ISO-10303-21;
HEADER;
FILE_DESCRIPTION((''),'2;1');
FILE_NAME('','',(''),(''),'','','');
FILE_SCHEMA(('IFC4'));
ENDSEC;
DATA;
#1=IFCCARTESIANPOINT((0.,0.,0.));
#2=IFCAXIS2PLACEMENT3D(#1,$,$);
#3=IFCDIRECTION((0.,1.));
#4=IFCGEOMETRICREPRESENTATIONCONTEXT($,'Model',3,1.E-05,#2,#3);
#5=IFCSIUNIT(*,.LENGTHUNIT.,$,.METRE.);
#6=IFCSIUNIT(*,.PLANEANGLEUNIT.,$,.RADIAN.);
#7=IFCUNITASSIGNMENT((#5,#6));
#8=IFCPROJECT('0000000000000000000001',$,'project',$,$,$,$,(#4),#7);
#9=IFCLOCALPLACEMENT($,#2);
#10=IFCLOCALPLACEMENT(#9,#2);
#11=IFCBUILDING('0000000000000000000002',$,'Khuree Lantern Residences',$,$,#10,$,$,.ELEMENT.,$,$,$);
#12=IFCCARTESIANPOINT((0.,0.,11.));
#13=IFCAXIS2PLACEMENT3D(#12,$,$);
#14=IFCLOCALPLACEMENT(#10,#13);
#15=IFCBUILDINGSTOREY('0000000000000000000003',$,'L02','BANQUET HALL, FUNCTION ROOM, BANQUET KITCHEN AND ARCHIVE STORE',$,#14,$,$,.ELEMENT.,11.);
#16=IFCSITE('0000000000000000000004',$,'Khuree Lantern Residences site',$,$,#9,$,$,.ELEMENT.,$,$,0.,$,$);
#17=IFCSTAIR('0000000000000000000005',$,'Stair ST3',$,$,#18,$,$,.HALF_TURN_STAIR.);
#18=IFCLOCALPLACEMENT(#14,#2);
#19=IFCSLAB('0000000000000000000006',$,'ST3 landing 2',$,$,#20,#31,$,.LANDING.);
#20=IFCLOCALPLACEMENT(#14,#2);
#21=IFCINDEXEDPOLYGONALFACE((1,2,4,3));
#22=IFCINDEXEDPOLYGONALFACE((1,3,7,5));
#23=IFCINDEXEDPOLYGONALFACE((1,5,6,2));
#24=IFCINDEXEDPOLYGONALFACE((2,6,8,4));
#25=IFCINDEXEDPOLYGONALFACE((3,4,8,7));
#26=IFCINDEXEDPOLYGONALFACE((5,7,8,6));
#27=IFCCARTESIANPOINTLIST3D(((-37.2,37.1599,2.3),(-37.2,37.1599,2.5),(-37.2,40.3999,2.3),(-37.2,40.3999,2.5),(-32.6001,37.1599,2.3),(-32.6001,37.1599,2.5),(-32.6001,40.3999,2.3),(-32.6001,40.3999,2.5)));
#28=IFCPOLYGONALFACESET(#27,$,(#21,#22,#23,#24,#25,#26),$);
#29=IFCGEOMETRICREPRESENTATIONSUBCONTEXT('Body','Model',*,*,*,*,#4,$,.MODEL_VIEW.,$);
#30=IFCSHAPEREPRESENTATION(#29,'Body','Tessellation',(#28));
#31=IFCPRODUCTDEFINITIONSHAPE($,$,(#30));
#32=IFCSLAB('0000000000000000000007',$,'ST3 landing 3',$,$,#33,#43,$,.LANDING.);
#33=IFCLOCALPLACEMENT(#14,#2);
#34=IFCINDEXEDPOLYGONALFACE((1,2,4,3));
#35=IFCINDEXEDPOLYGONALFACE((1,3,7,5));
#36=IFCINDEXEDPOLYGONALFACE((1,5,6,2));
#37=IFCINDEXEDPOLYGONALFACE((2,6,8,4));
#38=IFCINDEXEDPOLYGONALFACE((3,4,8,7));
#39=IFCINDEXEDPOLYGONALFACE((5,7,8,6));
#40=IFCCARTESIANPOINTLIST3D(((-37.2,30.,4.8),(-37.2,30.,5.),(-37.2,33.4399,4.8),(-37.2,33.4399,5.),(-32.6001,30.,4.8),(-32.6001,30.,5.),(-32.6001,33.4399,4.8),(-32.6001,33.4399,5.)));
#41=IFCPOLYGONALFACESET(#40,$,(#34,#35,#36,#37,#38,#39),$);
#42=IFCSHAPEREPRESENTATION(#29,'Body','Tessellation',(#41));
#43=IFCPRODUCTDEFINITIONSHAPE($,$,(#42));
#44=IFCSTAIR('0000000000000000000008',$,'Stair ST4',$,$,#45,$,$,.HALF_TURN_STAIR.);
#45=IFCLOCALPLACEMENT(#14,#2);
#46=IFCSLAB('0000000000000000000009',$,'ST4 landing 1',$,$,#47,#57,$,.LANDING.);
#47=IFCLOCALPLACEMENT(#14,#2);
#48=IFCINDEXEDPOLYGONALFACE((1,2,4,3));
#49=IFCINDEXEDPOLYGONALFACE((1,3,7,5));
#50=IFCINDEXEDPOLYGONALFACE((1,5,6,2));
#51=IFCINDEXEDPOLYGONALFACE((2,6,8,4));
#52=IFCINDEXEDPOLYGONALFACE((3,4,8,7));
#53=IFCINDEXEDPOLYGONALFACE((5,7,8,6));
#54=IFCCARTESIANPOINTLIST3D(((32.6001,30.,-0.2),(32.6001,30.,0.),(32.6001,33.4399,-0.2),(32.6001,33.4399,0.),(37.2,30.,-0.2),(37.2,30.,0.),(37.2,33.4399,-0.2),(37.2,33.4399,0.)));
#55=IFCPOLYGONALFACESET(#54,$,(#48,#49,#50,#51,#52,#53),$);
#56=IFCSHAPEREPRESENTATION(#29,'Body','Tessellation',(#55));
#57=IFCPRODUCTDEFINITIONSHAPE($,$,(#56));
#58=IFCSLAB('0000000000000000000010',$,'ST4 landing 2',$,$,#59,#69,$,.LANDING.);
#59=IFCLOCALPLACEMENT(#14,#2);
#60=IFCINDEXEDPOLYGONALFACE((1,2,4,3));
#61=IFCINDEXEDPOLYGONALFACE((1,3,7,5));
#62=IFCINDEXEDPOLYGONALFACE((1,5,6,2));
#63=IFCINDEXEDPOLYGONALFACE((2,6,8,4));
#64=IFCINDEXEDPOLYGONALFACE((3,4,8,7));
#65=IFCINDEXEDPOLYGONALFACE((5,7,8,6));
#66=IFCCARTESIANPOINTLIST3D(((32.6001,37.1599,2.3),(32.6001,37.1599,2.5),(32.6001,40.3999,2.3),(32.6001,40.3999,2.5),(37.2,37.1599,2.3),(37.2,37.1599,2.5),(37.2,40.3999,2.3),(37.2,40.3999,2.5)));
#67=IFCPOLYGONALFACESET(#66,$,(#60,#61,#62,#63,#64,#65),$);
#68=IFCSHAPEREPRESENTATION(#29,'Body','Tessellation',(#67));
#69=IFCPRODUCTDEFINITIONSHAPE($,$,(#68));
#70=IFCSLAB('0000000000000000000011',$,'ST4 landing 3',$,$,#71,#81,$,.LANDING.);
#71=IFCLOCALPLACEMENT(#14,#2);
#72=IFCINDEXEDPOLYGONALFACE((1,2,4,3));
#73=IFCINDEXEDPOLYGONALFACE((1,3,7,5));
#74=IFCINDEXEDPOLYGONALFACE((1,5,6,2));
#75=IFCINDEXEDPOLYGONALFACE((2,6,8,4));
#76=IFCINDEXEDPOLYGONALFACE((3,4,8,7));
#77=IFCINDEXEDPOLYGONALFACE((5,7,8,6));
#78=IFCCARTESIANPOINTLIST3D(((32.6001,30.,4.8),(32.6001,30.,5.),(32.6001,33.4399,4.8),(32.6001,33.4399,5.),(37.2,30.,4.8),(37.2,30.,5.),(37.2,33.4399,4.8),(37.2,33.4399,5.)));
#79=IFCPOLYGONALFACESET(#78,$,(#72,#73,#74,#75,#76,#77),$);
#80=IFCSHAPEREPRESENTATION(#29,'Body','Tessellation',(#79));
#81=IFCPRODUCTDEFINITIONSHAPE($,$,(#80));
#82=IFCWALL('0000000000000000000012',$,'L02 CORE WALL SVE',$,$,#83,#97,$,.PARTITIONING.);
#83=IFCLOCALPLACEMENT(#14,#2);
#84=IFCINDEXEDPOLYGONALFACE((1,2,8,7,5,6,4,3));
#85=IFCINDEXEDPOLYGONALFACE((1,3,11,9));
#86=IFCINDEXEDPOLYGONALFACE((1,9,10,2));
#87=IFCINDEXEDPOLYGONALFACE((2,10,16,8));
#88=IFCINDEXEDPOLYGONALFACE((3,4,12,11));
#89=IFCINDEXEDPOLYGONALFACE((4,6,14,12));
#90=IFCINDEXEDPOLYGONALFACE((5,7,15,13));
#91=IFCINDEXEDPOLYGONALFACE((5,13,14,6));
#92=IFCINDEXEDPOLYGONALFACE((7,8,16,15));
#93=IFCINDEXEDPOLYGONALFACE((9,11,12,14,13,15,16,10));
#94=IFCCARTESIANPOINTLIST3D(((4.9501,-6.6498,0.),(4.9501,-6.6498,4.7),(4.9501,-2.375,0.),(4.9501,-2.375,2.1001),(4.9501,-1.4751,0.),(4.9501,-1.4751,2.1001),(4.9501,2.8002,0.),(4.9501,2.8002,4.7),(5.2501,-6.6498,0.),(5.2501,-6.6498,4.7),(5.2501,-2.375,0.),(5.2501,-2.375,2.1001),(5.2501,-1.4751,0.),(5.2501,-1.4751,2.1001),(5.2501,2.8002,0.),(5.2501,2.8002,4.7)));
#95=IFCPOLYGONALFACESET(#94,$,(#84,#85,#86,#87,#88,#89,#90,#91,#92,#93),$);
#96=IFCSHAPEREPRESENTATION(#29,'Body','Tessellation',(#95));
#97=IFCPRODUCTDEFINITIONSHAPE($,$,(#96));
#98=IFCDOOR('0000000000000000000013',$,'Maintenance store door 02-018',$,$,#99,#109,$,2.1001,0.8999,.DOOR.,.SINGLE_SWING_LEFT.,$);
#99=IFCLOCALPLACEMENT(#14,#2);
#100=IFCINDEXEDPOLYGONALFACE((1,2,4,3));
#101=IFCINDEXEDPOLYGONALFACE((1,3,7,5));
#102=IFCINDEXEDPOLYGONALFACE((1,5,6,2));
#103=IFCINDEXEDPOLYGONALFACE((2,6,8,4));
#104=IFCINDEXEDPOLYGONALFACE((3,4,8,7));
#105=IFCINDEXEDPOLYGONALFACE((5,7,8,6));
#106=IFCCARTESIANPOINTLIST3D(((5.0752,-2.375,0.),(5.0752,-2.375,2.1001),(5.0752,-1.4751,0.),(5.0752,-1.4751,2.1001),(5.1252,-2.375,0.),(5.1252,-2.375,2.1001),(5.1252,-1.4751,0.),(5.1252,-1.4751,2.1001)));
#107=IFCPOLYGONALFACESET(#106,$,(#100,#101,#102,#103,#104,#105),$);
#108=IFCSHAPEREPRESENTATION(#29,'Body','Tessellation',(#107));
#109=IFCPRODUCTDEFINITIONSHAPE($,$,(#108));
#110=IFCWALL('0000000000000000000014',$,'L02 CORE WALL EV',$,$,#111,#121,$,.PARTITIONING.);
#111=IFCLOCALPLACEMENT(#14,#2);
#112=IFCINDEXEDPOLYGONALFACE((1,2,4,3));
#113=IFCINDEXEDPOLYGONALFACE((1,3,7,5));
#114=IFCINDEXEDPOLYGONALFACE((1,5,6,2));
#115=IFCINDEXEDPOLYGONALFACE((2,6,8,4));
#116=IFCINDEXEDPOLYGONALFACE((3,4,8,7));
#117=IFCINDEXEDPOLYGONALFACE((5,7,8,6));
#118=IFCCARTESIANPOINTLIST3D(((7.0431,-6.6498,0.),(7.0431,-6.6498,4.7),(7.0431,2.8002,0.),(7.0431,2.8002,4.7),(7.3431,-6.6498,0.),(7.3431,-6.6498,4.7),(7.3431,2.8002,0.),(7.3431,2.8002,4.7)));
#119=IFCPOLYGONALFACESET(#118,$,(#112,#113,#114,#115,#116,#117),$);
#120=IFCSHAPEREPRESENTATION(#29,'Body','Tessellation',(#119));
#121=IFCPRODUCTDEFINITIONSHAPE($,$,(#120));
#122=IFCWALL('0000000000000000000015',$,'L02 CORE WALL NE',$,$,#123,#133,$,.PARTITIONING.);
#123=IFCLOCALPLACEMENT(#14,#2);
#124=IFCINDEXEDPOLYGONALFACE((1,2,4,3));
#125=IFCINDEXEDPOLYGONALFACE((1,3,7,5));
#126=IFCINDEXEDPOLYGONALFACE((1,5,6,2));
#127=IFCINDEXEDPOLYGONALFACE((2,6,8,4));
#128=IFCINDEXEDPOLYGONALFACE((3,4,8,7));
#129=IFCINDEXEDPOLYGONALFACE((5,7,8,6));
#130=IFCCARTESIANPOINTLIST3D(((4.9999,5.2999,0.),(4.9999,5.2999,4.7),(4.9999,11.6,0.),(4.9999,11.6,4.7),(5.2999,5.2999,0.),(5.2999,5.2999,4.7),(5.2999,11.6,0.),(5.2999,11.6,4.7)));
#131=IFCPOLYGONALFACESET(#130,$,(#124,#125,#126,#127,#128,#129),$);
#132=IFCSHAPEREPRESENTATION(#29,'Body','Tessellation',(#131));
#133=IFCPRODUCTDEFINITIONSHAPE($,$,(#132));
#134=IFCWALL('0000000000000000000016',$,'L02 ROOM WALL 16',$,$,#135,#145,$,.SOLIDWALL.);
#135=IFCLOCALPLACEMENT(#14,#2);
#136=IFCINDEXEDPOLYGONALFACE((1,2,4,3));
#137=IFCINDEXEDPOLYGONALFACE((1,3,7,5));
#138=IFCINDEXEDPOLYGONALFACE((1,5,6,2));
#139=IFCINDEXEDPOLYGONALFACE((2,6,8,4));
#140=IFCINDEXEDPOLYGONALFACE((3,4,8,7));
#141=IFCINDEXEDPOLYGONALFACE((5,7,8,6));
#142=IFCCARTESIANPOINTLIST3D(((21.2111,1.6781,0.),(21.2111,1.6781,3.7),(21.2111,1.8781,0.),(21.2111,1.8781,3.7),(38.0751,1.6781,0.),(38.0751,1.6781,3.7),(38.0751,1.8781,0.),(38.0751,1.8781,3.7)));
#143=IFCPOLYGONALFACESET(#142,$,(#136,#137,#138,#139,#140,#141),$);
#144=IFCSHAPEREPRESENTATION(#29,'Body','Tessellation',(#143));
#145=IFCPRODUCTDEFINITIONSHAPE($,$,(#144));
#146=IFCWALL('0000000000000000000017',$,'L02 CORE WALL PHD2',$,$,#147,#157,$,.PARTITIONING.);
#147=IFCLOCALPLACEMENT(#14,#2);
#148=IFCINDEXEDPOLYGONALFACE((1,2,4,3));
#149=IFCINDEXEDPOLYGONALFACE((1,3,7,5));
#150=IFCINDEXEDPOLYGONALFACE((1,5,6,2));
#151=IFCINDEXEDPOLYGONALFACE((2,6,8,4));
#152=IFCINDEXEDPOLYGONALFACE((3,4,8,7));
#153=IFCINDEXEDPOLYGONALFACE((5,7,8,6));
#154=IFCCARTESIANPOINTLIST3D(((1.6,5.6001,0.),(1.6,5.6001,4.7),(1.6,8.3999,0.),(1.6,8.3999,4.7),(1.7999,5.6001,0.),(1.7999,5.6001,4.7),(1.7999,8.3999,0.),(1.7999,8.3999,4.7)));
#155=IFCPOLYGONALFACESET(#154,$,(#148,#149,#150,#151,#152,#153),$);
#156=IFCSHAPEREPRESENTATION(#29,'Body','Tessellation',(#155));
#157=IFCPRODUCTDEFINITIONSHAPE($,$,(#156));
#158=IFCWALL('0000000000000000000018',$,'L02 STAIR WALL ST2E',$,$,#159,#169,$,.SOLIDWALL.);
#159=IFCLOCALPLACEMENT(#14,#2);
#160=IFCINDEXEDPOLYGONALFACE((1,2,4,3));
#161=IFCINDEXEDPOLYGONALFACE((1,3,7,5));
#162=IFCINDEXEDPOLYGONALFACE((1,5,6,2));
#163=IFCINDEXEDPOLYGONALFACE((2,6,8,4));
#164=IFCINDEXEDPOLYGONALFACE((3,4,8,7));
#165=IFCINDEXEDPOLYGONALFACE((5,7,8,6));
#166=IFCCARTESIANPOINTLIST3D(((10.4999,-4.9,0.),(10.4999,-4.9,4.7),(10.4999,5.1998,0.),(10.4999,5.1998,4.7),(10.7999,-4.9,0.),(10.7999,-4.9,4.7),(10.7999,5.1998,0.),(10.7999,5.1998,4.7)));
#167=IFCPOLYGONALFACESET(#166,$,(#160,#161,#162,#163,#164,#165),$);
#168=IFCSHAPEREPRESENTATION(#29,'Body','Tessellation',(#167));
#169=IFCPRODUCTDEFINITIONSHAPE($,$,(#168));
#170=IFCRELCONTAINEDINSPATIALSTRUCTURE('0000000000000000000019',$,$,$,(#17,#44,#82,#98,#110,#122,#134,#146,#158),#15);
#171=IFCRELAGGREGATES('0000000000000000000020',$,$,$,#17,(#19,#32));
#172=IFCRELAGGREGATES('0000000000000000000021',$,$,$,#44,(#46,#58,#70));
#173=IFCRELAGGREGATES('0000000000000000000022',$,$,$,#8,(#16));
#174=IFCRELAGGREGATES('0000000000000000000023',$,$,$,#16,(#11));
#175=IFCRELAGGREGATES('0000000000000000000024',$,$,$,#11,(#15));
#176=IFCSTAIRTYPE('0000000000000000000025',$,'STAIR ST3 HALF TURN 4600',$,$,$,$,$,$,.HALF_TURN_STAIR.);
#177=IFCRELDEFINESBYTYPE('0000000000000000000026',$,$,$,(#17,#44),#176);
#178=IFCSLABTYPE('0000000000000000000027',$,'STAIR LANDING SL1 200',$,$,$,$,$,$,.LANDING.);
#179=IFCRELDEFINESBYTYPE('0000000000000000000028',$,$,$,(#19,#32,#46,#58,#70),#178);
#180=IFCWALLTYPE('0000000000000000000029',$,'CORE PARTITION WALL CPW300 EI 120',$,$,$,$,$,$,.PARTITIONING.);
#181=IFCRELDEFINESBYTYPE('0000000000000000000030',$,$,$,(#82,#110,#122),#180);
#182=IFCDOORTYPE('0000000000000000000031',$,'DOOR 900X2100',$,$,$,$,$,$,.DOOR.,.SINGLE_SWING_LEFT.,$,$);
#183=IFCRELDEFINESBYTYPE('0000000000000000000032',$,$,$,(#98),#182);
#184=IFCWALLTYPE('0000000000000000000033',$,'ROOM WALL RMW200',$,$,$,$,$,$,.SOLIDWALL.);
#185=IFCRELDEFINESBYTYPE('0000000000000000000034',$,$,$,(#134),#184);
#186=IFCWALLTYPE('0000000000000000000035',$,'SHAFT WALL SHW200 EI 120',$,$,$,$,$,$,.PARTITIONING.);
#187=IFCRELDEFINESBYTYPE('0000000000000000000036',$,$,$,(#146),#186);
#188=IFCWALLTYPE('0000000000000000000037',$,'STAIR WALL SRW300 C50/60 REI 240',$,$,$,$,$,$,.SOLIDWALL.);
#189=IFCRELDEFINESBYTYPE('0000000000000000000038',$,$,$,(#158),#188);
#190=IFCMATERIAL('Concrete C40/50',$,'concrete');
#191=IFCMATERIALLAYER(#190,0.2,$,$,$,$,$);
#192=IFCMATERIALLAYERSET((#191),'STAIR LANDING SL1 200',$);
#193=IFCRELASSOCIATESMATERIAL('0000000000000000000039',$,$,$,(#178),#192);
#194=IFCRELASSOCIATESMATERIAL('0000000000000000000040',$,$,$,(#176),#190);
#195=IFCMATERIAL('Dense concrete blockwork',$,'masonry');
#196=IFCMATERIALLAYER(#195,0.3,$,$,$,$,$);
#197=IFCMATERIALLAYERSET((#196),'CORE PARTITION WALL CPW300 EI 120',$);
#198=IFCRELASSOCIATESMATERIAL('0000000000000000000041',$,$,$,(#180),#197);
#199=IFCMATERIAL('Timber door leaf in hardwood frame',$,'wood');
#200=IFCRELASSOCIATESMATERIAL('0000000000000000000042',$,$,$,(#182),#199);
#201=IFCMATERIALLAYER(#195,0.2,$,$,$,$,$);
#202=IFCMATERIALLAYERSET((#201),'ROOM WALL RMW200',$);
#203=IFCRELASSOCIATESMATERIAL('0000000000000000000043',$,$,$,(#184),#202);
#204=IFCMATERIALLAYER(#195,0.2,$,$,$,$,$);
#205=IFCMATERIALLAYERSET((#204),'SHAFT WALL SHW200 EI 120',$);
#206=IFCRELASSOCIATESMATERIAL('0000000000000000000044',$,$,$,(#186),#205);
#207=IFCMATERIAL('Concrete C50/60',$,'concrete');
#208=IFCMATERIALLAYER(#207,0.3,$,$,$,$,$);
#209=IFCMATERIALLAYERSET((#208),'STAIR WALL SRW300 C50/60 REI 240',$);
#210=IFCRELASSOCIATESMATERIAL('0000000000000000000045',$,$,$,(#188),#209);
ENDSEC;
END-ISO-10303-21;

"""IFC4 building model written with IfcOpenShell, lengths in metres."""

from ifc_helpers import new_model, si_unit, direction, frame, frame_2d, origin, place, context, subcontext, project, spatial, polyline, rectangle, outline, extrude, material, layer, layer_set, type_object, element, fill, aggregate, save


model = new_model("IFC4")

# Units and contexts
model_context = context("Model", 3, precision=1e-05, world=origin(), true_north=direction((0.0, 1.0)))
body_context = subcontext(model_context, "Body", "Model", "MODEL_VIEW")
ifc_project = project(units=[si_unit("LENGTHUNIT", "METRE"), si_unit("PLANEANGLEUNIT", "RADIAN")], contexts=[model_context])

# Site, building, storey
site_placement = place(None, origin())
site = spatial("IfcSite", under=ifc_project, at=site_placement, Name="Khuree Lantern Residences site", CompositionType="ELEMENT", RefElevation=0.0)
building_placement = place(site_placement, origin())
building = spatial("IfcBuilding", under=site, at=building_placement, Name="Khuree Lantern Residences", CompositionType="ELEMENT")
storey_placement = place(building_placement, frame((0.0, 0.0, 11.0)))
storey = spatial("IfcBuildingStorey", under=building, at=storey_placement, Name="L02", Description="BANQUET HALL, FUNCTION ROOM, BANQUET KITCHEN AND ARCHIVE STORE", CompositionType="ELEMENT", Elevation=11.0)

# Stairs, slabs
ifc_material_1 = material(Name="Concrete C40/50", Category="concrete")
ifc_layer_1 = layer(ifc_material_1, 0.2)
ifc_layer_set_1 = layer_set([ifc_layer_1], Name="STAIR LANDING SL1 200")
slab_type_1 = type_object("IfcSlabType", Name="STAIR LANDING SL1 200", PredefinedType="LANDING", material=ifc_layer_set_1)
stair_type_1 = type_object("IfcStairType", Name="STAIR ST3 HALF TURN 4600", PredefinedType="HALF_TURN_STAIR", material=ifc_material_1)
stair_1_placement = place(storey_placement, origin())
stair_1 = element("IfcStair", 1, at=stair_1_placement, inside=storey, type_object=stair_type_1, Name="Stair ST3", PredefinedType="HALF_TURN_STAIR")
slab_1_placement = place(storey_placement, frame((0.0, 0.0, 2.3)))
slab_1 = element("IfcSlab", 2, at=slab_1_placement, type_object=slab_type_1, Name="ST3 landing 2", PredefinedType="LANDING", context=body_context, shape_type="SweptSolid", body=[
    extrude(outline(polyline([(-37.2, 37.1599), (-37.2, 40.3999), (-32.6001, 40.3999), (-32.6001, 37.1599), (-37.2, 37.1599)])), origin(), (0.0, 0.0, 1.0), 0.2),
])
slab_2_placement = place(storey_placement, frame((0.0, 0.0, 4.8)))
slab_2 = element("IfcSlab", 3, at=slab_2_placement, type_object=slab_type_1, Name="ST3 landing 3", PredefinedType="LANDING", context=body_context, shape_type="SweptSolid", body=[
    extrude(outline(polyline([(-37.2, 30.0), (-32.6001, 30.0), (-32.6001, 33.4399), (-37.2, 33.4399), (-37.2, 30.0)])), origin(), (0.0, 0.0, 1.0), 0.2),
])
aggregate(stair_1, [slab_1, slab_2])
stair_2_placement = place(storey_placement, origin())
stair_2 = element("IfcStair", 4, at=stair_2_placement, inside=storey, type_object=stair_type_1, Name="Stair ST4", PredefinedType="HALF_TURN_STAIR")
slab_3_placement = place(storey_placement, frame((0.0, 0.0, -0.2)))
slab_3 = element("IfcSlab", 5, at=slab_3_placement, type_object=slab_type_1, Name="ST4 landing 1", PredefinedType="LANDING", context=body_context, shape_type="SweptSolid", body=[
    extrude(outline(polyline([(32.6001, 30.0), (37.2, 30.0), (37.2, 33.4399), (32.6001, 33.4399), (32.6001, 30.0)])), origin(), (0.0, 0.0, 1.0), 0.2),
])
slab_4_placement = place(storey_placement, frame((0.0, 0.0, 2.3)))
slab_4 = element("IfcSlab", 6, at=slab_4_placement, type_object=slab_type_1, Name="ST4 landing 2", PredefinedType="LANDING", context=body_context, shape_type="SweptSolid", body=[
    extrude(outline(polyline([(37.2, 40.3999), (37.2, 37.1599), (32.6001, 37.1599), (32.6001, 40.3999), (37.2, 40.3999)])), origin(), (0.0, 0.0, 1.0), 0.2),
])
slab_5_placement = place(storey_placement, frame((0.0, 0.0, 4.8)))
slab_5 = element("IfcSlab", 7, at=slab_5_placement, type_object=slab_type_1, Name="ST4 landing 3", PredefinedType="LANDING", context=body_context, shape_type="SweptSolid", body=[
    extrude(outline(polyline([(32.6001, 30.0), (37.2, 30.0), (37.2, 33.4399), (32.6001, 33.4399), (32.6001, 30.0)])), origin(), (0.0, 0.0, 1.0), 0.2),
])
aggregate(stair_2, [slab_3, slab_4, slab_5])

# Wall, opening, door
ifc_material_2 = material(Name="Dense concrete blockwork", Category="masonry")
ifc_layer_2 = layer(ifc_material_2, 0.3)
ifc_layer_set_2 = layer_set([ifc_layer_2], Name="CORE PARTITION WALL CPW300 EI 120")
wall_type_1 = type_object("IfcWallType", Name="CORE PARTITION WALL CPW300 EI 120", PredefinedType="PARTITIONING", material=ifc_layer_set_2)
wall_1_placement = place(storey_placement, frame((5.1001, -6.6499, 0.0), z_axis=(0.0, 0.0, 1.0), x_axis=(0.0, 1.0, 0.0)))
wall_1 = element("IfcWall", 8, at=wall_1_placement, inside=storey, type_object=wall_type_1, Name="L02 CORE WALL SVE", PredefinedType="PARTITIONING", context=body_context, shape_type="SweptSolid", body=[
    extrude(rectangle(XDim=9.45, YDim=0.3, at=frame_2d((4.7251, 0.0))), origin(), (0.0, 0.0, 1.0), 4.7),
])
opening_1_placement = place(wall_1_placement, frame((4.2749, 0.0, 0.0)))
opening_1 = element("IfcOpeningElement", 9, at=opening_1_placement, cuts=wall_1, PredefinedType="OPENING", context=body_context, shape_type="SweptSolid", body=[
    extrude(rectangle(XDim=0.8999, YDim=2.1001, at=frame_2d((0.45, 1.05))), frame((0.0, 0.1602, 0.0), z_axis=(0.0, -1.0, 0.0), x_axis=(1.0, 0.0, 0.0)), (0.0, 0.0, 1.0), 0.3201),
])
ifc_material_3 = material(Name="Timber door leaf in hardwood frame", Category="wood")
door_type_1 = type_object("IfcDoorType", Name="DOOR 900X2100", OperationType="SINGLE_SWING_LEFT", PredefinedType="DOOR", material=ifc_material_3)
door_1_placement = place(opening_1_placement, origin())
door_1 = element("IfcDoor", 10, at=door_1_placement, inside=storey, type_object=door_type_1, Name="Maintenance store door 02-018", OperationType="SINGLE_SWING_LEFT", OverallHeight=2.1001, OverallWidth=0.8999, PredefinedType="DOOR", context=body_context, shape_type="SweptSolid", body=[
    extrude(rectangle(XDim=0.8999, YDim=2.1001, at=frame_2d((0.45, 1.05))), frame((0.0, 0.0249, 0.0), z_axis=(0.0, -1.0, 0.0), x_axis=(1.0, 0.0, 0.0)), (0.0, 0.0, 1.0), 0.05),
])
fill(opening_1, door_1)

# Walls
wall_2_placement = place(storey_placement, frame((7.1931, -6.6499, 0.0), z_axis=(0.0, 0.0, 1.0), x_axis=(0.0, 1.0, 0.0)))
element("IfcWall", 11, at=wall_2_placement, inside=storey, type_object=wall_type_1, Name="L02 CORE WALL EV", PredefinedType="PARTITIONING", context=body_context, shape_type="SweptSolid", body=[
    extrude(rectangle(XDim=9.45, YDim=0.3, at=frame_2d((4.7251, 0.0))), origin(), (0.0, 0.0, 1.0), 4.7),
])
wall_3_placement = place(storey_placement, frame((5.1499, 5.3, 0.0), z_axis=(0.0, 0.0, 1.0), x_axis=(0.0, 1.0, 0.0)))
element("IfcWall", 12, at=wall_3_placement, inside=storey, type_object=wall_type_1, Name="L02 CORE WALL NE", PredefinedType="PARTITIONING", context=body_context, shape_type="SweptSolid", body=[
    extrude(rectangle(XDim=6.3, YDim=0.3, at=frame_2d((3.1499, 0.0))), origin(), (0.0, 0.0, 1.0), 4.7),
])
ifc_layer_3 = layer(ifc_material_2, 0.2)
ifc_layer_set_3 = layer_set([ifc_layer_3], Name="ROOM WALL RMW200")
wall_type_2 = type_object("IfcWallType", Name="ROOM WALL RMW200", PredefinedType="SOLIDWALL", material=ifc_layer_set_3)
wall_4_placement = place(storey_placement, frame((21.2109, 1.7781, 0.0), z_axis=(0.0, 0.0, 1.0), x_axis=(1.0, 0.0, 0.0)))
element("IfcWall", 13, at=wall_4_placement, inside=storey, type_object=wall_type_2, Name="L02 ROOM WALL 16", PredefinedType="SOLIDWALL", context=body_context, shape_type="SweptSolid", body=[
    extrude(rectangle(XDim=16.864, YDim=0.2, at=frame_2d((8.4321, 0.0))), origin(), (0.0, 0.0, 1.0), 3.7),
])
ifc_layer_4 = layer(ifc_material_2, 0.2)
ifc_layer_set_4 = layer_set([ifc_layer_4], Name="SHAFT WALL SHW200 EI 120")
wall_type_3 = type_object("IfcWallType", Name="SHAFT WALL SHW200 EI 120", PredefinedType="PARTITIONING", material=ifc_layer_set_4)
wall_5_placement = place(storey_placement, frame((1.7, 5.6001, 0.0), z_axis=(0.0, 0.0, 1.0), x_axis=(0.0, 1.0, 0.0)))
element("IfcWall", 14, at=wall_5_placement, inside=storey, type_object=wall_type_3, Name="L02 CORE WALL PHD2", PredefinedType="PARTITIONING", context=body_context, shape_type="SweptSolid", body=[
    extrude(rectangle(XDim=2.7998, YDim=0.2, at=frame_2d((1.3999, 0.0))), origin(), (0.0, 0.0, 1.0), 4.7),
])
ifc_material_4 = material(Name="Concrete C50/60", Category="concrete")
ifc_layer_5 = layer(ifc_material_4, 0.3)
ifc_layer_set_5 = layer_set([ifc_layer_5], Name="STAIR WALL SRW300 C50/60 REI 240")
wall_type_4 = type_object("IfcWallType", Name="STAIR WALL SRW300 C50/60 REI 240", PredefinedType="SOLIDWALL", material=ifc_layer_set_5)
wall_6_placement = place(storey_placement, frame((10.6499, -4.8999, 0.0), z_axis=(0.0, 0.0, 1.0), x_axis=(0.0, 1.0, 0.0)))
element("IfcWall", 15, at=wall_6_placement, inside=storey, type_object=wall_type_4, Name="L02 STAIR WALL ST2E", PredefinedType="SOLIDWALL", context=body_context, shape_type="SweptSolid", body=[
    extrude(rectangle(XDim=10.0999, YDim=0.3, at=frame_2d((5.0498, 0.0))), origin(), (0.0, 0.0, 1.0), 4.7),
])

save(model, "model.ifc")
